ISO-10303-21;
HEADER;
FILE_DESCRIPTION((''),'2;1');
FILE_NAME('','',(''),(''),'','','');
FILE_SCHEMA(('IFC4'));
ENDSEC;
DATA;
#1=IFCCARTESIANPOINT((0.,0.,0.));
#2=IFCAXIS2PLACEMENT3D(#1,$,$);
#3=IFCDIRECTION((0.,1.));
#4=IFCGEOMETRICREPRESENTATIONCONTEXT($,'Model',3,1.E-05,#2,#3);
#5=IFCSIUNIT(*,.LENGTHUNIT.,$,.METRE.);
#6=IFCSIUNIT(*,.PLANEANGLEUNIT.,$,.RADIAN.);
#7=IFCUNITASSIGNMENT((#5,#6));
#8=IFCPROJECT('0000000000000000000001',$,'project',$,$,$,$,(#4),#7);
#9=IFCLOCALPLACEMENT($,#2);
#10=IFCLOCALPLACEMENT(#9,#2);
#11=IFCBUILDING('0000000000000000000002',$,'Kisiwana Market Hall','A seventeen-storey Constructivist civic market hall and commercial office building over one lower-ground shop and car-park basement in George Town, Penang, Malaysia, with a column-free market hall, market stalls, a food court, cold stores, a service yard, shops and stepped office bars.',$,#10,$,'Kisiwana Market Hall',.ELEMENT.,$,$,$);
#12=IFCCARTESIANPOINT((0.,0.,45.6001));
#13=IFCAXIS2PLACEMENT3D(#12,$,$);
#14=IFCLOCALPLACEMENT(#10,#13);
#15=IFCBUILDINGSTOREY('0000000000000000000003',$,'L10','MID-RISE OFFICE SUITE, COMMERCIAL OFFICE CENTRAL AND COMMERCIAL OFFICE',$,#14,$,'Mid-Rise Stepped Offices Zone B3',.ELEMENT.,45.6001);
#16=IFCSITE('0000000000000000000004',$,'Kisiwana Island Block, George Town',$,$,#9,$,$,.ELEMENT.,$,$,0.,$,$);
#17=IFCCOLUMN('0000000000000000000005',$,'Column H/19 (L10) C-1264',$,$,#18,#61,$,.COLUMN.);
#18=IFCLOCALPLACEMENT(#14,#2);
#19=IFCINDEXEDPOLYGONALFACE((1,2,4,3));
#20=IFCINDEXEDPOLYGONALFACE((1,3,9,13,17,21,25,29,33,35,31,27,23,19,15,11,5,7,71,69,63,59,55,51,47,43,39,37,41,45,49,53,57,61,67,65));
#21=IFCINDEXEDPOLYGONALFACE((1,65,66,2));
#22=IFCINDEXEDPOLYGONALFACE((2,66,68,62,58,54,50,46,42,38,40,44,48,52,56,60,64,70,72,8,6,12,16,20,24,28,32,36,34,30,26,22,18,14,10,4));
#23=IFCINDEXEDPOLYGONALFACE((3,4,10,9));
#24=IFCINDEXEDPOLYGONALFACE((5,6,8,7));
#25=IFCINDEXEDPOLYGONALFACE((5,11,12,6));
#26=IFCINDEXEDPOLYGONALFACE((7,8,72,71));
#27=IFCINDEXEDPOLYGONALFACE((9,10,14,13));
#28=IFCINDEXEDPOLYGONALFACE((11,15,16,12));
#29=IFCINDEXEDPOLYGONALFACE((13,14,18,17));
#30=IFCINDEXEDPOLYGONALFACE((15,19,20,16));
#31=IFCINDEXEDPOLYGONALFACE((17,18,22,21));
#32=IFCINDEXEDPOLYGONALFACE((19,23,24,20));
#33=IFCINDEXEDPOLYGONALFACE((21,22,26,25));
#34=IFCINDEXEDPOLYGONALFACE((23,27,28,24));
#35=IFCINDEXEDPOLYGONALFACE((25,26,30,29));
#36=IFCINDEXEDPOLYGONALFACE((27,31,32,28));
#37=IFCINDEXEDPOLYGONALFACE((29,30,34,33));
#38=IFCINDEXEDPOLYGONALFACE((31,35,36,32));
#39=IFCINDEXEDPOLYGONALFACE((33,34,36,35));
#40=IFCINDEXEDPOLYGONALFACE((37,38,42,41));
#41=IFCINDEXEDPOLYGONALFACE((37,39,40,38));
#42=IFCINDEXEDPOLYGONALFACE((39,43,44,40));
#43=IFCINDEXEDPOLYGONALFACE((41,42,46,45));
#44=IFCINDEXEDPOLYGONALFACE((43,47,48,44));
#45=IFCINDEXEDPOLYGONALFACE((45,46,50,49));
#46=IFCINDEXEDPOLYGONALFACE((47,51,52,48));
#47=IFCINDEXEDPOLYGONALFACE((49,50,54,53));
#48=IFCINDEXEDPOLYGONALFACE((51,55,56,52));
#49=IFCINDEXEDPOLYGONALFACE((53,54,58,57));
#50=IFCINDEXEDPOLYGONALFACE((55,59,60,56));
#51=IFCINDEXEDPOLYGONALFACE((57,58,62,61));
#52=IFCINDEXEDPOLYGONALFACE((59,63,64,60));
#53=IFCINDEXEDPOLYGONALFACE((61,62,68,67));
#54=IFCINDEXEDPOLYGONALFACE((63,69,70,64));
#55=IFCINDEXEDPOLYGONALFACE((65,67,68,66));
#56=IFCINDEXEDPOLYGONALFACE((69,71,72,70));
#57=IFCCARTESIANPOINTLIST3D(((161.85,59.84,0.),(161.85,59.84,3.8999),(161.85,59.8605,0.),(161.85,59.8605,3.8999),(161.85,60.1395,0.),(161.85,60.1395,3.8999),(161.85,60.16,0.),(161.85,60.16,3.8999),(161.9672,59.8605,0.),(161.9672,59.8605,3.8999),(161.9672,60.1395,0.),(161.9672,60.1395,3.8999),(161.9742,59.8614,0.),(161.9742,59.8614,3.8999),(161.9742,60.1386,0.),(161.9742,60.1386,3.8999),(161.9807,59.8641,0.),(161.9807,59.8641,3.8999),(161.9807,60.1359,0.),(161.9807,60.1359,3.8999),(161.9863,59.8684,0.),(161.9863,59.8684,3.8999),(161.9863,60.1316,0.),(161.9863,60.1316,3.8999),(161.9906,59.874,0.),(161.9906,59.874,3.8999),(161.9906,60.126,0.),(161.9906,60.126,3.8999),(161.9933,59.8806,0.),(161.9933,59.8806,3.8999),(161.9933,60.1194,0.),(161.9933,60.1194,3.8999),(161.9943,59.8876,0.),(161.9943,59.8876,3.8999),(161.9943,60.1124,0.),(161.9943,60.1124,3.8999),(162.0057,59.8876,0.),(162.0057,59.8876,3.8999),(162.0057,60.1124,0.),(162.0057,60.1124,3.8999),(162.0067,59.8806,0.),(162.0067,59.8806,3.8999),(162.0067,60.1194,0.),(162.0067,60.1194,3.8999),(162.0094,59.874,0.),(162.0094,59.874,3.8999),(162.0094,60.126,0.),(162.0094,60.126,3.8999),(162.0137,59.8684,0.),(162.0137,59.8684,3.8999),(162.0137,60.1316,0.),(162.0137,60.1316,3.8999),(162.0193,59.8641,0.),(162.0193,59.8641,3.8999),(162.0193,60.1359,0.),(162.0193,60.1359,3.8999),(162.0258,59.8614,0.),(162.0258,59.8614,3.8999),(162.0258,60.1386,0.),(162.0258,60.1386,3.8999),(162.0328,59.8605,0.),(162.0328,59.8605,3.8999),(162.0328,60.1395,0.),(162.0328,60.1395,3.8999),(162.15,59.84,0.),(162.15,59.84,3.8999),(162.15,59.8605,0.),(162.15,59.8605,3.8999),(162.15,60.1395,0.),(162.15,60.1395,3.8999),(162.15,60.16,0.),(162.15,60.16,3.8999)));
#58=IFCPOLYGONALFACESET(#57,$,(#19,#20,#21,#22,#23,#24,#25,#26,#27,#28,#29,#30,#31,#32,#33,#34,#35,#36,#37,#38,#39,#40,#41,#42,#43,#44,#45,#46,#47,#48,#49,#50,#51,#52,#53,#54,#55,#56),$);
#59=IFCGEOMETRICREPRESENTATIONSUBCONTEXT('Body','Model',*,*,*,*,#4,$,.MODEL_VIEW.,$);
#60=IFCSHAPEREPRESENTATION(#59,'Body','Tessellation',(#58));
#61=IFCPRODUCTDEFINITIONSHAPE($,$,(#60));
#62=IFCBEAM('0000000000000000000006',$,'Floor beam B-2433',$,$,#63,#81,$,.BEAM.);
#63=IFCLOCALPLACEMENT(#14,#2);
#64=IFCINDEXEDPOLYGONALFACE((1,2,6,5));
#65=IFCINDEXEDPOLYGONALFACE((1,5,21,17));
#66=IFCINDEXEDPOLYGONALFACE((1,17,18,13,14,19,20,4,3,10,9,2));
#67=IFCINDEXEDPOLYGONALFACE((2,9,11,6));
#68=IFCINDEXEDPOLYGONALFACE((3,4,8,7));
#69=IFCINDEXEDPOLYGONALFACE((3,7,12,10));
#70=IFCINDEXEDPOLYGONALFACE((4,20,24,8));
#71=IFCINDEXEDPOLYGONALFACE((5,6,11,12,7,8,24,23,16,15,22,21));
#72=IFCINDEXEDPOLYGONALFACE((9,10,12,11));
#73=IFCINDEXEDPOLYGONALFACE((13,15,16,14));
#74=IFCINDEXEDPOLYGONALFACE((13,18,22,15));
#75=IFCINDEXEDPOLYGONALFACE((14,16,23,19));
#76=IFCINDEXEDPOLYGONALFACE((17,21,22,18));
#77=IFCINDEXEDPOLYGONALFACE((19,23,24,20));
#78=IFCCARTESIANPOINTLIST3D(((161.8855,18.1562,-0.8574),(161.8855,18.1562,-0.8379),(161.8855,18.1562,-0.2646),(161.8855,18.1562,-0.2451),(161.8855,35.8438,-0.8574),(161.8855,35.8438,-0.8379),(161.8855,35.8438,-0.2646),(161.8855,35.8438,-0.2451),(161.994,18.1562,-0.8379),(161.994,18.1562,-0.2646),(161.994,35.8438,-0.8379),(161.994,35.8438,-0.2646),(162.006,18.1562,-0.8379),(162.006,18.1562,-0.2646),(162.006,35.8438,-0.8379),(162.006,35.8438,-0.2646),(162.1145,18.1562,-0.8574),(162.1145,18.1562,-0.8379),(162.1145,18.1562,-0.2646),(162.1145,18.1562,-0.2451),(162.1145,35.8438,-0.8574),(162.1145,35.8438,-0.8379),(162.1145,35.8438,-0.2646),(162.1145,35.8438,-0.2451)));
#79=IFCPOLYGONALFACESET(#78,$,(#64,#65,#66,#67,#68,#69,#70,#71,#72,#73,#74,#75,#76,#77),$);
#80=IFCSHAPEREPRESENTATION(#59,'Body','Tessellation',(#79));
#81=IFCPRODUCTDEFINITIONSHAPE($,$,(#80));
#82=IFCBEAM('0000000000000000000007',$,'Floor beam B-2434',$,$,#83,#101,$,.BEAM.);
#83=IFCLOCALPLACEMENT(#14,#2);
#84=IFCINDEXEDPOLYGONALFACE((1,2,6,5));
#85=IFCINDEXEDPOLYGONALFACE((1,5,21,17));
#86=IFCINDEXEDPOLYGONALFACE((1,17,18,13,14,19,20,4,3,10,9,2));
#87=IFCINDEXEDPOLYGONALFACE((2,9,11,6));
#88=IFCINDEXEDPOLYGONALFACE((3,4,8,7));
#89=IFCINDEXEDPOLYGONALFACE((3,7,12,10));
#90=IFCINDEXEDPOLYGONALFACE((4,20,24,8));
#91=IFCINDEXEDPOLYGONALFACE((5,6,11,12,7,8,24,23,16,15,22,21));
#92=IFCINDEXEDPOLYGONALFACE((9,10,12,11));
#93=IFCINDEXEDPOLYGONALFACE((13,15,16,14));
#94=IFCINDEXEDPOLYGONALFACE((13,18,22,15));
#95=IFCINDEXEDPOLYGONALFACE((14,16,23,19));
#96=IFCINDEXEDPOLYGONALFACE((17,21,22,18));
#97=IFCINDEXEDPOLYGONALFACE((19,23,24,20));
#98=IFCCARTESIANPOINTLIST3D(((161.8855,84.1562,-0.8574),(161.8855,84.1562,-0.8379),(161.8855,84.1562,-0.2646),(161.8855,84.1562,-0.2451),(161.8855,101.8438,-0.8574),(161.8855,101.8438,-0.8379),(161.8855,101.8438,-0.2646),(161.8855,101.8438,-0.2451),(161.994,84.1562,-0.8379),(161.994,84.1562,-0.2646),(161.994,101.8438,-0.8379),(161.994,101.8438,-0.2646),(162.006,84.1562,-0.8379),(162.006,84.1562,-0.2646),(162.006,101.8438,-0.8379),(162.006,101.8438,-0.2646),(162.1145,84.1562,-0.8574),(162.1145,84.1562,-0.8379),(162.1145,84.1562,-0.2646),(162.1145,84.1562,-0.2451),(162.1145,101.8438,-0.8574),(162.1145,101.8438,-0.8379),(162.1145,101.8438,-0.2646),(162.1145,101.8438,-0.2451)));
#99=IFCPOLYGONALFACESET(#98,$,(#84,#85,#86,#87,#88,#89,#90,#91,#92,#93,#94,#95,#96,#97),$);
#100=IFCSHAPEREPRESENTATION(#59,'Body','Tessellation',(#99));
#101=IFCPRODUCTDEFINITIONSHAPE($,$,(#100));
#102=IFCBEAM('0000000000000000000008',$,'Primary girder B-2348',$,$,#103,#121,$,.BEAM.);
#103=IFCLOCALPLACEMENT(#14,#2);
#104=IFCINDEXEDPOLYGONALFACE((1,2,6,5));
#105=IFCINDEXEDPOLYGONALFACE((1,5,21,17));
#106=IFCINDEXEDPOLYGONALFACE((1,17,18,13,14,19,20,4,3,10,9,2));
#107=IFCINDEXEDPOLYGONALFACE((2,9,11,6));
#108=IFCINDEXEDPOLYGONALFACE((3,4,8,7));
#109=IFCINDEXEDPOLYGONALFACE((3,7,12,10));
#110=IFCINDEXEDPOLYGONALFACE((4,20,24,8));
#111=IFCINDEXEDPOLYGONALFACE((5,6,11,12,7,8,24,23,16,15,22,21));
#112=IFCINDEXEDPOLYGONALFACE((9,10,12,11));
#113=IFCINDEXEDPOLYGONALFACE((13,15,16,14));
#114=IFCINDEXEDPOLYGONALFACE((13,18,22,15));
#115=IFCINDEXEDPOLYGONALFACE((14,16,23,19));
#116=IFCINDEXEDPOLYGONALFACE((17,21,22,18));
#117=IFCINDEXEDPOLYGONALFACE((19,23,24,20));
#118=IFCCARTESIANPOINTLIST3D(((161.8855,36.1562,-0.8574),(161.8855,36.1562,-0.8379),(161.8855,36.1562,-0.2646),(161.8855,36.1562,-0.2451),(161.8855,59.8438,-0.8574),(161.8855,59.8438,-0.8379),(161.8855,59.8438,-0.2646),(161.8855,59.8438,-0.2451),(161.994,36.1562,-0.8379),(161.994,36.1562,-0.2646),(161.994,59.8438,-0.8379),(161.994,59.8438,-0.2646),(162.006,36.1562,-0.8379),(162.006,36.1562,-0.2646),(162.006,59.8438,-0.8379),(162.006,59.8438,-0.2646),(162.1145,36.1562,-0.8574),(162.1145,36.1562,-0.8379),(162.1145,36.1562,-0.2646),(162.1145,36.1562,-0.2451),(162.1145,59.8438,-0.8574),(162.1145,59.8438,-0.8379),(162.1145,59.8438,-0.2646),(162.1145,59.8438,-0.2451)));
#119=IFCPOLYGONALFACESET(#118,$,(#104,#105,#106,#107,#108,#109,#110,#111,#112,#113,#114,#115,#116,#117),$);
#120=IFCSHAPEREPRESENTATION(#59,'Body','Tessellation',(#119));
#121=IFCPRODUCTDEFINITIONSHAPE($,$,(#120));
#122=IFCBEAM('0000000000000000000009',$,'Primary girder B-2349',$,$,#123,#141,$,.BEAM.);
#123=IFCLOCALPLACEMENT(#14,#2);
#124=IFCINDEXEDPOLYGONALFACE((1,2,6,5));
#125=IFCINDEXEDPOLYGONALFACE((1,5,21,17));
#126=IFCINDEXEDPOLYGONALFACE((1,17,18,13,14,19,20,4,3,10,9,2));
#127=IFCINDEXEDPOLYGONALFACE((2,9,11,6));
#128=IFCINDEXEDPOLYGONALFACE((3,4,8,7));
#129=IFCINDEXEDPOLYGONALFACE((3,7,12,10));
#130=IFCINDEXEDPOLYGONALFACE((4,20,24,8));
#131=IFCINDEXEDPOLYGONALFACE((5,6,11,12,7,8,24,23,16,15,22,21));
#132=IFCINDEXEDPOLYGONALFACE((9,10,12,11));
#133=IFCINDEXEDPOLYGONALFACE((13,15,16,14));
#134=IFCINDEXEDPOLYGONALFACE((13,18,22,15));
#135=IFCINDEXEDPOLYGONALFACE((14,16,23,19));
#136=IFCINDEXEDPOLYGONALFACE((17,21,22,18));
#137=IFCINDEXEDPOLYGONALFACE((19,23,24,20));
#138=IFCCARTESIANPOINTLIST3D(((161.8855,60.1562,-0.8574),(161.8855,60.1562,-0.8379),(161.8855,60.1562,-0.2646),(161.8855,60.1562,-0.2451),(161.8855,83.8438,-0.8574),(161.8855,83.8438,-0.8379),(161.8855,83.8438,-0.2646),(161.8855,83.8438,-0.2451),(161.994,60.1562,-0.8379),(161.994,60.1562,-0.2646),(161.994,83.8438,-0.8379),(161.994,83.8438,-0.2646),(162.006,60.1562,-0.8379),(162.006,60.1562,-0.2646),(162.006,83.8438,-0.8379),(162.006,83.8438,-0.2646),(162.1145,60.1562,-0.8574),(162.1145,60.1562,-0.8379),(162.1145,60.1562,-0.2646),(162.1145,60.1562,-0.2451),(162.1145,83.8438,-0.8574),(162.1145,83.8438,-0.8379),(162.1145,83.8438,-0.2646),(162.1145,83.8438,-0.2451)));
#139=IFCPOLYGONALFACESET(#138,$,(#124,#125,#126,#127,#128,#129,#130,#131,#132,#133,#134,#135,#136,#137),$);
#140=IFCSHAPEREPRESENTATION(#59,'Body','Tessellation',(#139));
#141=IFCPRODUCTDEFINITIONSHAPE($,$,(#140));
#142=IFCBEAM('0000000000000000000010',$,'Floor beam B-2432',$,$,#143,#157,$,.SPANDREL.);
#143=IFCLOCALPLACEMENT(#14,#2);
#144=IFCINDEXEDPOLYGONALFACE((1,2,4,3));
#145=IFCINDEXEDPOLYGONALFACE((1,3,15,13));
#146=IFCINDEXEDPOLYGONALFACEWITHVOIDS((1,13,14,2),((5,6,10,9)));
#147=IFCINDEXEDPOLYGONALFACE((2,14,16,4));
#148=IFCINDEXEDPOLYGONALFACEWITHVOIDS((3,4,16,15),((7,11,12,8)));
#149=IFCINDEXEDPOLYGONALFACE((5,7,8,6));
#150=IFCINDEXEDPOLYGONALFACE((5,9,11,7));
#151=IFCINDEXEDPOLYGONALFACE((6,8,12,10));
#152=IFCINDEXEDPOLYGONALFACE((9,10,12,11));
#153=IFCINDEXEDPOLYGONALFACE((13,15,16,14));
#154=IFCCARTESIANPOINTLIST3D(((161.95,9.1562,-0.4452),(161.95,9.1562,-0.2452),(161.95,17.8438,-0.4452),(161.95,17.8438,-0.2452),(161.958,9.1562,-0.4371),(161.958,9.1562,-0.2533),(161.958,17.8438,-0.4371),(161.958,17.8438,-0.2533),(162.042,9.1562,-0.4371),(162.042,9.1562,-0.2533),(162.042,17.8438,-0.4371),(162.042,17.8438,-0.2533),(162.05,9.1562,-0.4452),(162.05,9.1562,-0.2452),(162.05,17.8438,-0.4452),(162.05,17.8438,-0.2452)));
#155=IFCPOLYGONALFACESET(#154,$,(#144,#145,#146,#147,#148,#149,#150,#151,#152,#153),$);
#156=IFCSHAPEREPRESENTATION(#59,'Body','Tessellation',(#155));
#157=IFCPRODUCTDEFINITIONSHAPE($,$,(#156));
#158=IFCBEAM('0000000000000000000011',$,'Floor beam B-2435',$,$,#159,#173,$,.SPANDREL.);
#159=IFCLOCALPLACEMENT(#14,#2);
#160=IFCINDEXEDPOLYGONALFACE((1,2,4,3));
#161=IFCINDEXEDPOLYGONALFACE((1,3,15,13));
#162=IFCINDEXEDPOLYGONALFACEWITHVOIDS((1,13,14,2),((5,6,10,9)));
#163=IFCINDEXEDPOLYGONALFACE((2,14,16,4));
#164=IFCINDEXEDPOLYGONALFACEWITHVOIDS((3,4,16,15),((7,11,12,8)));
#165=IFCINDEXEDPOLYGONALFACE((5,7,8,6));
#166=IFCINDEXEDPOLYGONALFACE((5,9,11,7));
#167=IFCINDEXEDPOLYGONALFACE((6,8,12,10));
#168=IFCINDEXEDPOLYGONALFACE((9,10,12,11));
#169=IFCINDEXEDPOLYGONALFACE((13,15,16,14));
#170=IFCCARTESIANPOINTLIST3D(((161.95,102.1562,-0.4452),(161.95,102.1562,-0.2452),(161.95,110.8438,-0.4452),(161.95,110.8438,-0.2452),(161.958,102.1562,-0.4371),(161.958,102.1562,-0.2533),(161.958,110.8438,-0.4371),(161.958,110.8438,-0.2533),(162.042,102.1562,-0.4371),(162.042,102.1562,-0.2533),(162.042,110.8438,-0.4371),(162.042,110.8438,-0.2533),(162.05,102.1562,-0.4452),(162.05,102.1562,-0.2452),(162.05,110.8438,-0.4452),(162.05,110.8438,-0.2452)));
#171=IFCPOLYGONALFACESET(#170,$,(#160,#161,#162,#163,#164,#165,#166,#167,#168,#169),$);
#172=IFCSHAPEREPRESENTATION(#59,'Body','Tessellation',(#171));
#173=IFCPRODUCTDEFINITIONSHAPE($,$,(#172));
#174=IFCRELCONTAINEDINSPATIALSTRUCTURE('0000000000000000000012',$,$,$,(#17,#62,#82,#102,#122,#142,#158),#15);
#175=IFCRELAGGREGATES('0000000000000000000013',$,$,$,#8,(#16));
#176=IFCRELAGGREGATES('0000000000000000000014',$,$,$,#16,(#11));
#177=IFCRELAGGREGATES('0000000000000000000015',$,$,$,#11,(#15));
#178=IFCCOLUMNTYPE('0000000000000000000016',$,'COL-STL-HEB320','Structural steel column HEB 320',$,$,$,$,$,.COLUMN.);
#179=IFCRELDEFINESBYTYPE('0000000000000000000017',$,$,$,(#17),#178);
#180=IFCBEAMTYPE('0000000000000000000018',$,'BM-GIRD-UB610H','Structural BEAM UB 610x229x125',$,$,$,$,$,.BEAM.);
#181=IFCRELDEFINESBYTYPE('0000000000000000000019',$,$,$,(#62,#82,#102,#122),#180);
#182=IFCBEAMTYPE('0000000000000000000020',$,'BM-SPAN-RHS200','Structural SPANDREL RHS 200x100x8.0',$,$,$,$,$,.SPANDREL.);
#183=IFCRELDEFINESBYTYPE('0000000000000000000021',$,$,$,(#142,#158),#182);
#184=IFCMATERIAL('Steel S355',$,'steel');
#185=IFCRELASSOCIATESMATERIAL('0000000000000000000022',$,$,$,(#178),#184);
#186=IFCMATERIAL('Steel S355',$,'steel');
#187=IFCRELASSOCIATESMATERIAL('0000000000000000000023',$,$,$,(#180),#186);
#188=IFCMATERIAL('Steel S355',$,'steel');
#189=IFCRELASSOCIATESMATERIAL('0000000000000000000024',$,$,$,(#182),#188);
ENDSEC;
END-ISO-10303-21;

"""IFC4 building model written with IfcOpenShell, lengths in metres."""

from ifc_helpers import new_model, si_unit, direction, frame, origin, origin_2d, place, context, subcontext, project, spatial, hollow_rectangle, i_section, extrude, material, material_profile, profile_set, type_object, element, save


model = new_model("IFC4")

# Units and contexts
model_context = context("Model", 3, precision=1e-05, world=origin(), true_north=direction((0.0, 1.0)))
body_context = subcontext(model_context, "Body", "Model", "MODEL_VIEW")
ifc_project = project(units=[si_unit("LENGTHUNIT", "METRE"), si_unit("PLANEANGLEUNIT", "RADIAN")], contexts=[model_context])

# Site, building, storey
site_placement = place(None, origin())
site = spatial("IfcSite", under=ifc_project, at=site_placement, Name="Kisiwana Island Block, George Town", CompositionType="ELEMENT", RefElevation=0.0)
building_placement = place(site_placement, origin())
building = spatial("IfcBuilding", under=site, at=building_placement, Name="Kisiwana Market Hall", Description="A seventeen-storey Constructivist civic market hall and commercial office building over one lower-ground shop and car-park basement in George Town, Penang, Malaysia, with a column-free market hall, market stalls, a food court, cold stores, a service yard, shops and stepped office bars.", LongName="Kisiwana Market Hall", CompositionType="ELEMENT")
storey_placement = place(building_placement, frame((0.0, 0.0, 45.6001)))
storey = spatial("IfcBuildingStorey", under=building, at=storey_placement, Name="L10", Description="MID-RISE OFFICE SUITE, COMMERCIAL OFFICE CENTRAL AND COMMERCIAL OFFICE", LongName="Mid-Rise Stepped Offices Zone B3", CompositionType="ELEMENT", Elevation=45.6001)

# Column
ifc_material_1 = material(Name="Steel S355", Category="steel")
ifc_material_profile_1 = material_profile(ifc_material_1, i_section(OverallWidth=0.3, OverallDepth=0.3201, WebThickness=0.0115, FlangeThickness=0.0205, FilletRadius=0.0271, at=origin_2d()), Name="HEB 320")
ifc_profile_set_1 = profile_set([ifc_material_profile_1], Name="Steel S355")
column_type = type_object("IfcColumnType", Name="COL-STL-HEB320", Description="Structural steel column HEB 320", PredefinedType="COLUMN", material=ifc_profile_set_1)
for number, where, z_axis, x_axis, name in (
    (1, (162.0, 60.0, 0.0), (0.0, 0.0, 1.0), (1.0, 0.0, 0.0), "Column H/19 (L10) C-1264"),
):
    element("IfcColumn", number, at=place(storey_placement, frame(where, z_axis=z_axis, x_axis=x_axis)), inside=storey, type_object=column_type, Name=name, PredefinedType="COLUMN", context=body_context, shape_type="SweptSolid", body=[
        extrude(i_section(OverallWidth=0.3, OverallDepth=0.3201, WebThickness=0.0115, FlangeThickness=0.0205, FilletRadius=0.0271, at=origin_2d()), origin(), (0.0, 0.0, 1.0), 3.8999),
    ])

# Beams
ifc_material_2 = material(Name="Steel S355", Category="steel")
ifc_material_profile_2 = material_profile(ifc_material_2, i_section(OverallWidth=0.229, OverallDepth=0.6123, WebThickness=0.012, FlangeThickness=0.0195, at=origin_2d()), Name="UB 610x229x125")
ifc_profile_set_2 = profile_set([ifc_material_profile_2], Name="Steel S355")
beam_type_1 = type_object("IfcBeamType", Name="BM-GIRD-UB610H", Description="Structural BEAM UB 610x229x125", PredefinedType="BEAM", material=ifc_profile_set_2)
for number, where, z_axis, x_axis, name in (
    (2, (162.0, 18.1562, -0.5513), (0.0, 1.0, 0.0), (-1.0, 0.0, 0.0), "Floor beam B-2433"),
    (3, (162.0, 84.1562, -0.5513), (0.0, 1.0, 0.0), (-1.0, 0.0, 0.0), "Floor beam B-2434"),
):
    element("IfcBeam", number, at=place(storey_placement, frame(where, z_axis=z_axis, x_axis=x_axis)), inside=storey, type_object=beam_type_1, Name=name, PredefinedType="BEAM", context=body_context, shape_type="SweptSolid", body=[
        extrude(i_section(OverallWidth=0.229, OverallDepth=0.6123, WebThickness=0.012, FlangeThickness=0.0195, at=origin_2d()), origin(), (0.0, 0.0, 1.0), 17.6875),
    ])
for number, where, z_axis, x_axis, name in (
    (4, (162.0, 36.1562, -0.5513), (0.0, 1.0, 0.0), (-1.0, 0.0, 0.0), "Primary girder B-2348"),
    (5, (162.0, 60.1562, -0.5513), (0.0, 1.0, 0.0), (-1.0, 0.0, 0.0), "Primary girder B-2349"),
):
    element("IfcBeam", number, at=place(storey_placement, frame(where, z_axis=z_axis, x_axis=x_axis)), inside=storey, type_object=beam_type_1, Name=name, PredefinedType="BEAM", context=body_context, shape_type="SweptSolid", body=[
        extrude(i_section(OverallWidth=0.229, OverallDepth=0.6123, WebThickness=0.012, FlangeThickness=0.0195, at=origin_2d()), origin(), (0.0, 0.0, 1.0), 23.6875),
    ])
ifc_material_3 = material(Name="Steel S355", Category="steel")
ifc_material_profile_3 = material_profile(ifc_material_3, hollow_rectangle(XDim=0.1001, YDim=0.2, WallThickness=0.0081, at=origin_2d()), Name="RHS 200x100x8.0")
ifc_profile_set_3 = profile_set([ifc_material_profile_3], Name="Steel S355")
beam_type_2 = type_object("IfcBeamType", Name="BM-SPAN-RHS200", Description="Structural SPANDREL RHS 200x100x8.0", PredefinedType="SPANDREL", material=ifc_profile_set_3)
for number, where, z_axis, x_axis, name in (
    (6, (162.0, 9.1562, -0.3452), (0.0, 1.0, 0.0), (-1.0, 0.0, 0.0), "Floor beam B-2432"),
    (7, (162.0, 102.1562, -0.3452), (0.0, 1.0, 0.0), (-1.0, 0.0, 0.0), "Floor beam B-2435"),
):
    element("IfcBeam", number, at=place(storey_placement, frame(where, z_axis=z_axis, x_axis=x_axis)), inside=storey, type_object=beam_type_2, Name=name, PredefinedType="SPANDREL", context=body_context, shape_type="SweptSolid", body=[
        extrude(hollow_rectangle(XDim=0.1001, YDim=0.2, WallThickness=0.0081, at=origin_2d()), origin(), (0.0, 0.0, 1.0), 8.6875),
    ])

save(model, "model.ifc")
